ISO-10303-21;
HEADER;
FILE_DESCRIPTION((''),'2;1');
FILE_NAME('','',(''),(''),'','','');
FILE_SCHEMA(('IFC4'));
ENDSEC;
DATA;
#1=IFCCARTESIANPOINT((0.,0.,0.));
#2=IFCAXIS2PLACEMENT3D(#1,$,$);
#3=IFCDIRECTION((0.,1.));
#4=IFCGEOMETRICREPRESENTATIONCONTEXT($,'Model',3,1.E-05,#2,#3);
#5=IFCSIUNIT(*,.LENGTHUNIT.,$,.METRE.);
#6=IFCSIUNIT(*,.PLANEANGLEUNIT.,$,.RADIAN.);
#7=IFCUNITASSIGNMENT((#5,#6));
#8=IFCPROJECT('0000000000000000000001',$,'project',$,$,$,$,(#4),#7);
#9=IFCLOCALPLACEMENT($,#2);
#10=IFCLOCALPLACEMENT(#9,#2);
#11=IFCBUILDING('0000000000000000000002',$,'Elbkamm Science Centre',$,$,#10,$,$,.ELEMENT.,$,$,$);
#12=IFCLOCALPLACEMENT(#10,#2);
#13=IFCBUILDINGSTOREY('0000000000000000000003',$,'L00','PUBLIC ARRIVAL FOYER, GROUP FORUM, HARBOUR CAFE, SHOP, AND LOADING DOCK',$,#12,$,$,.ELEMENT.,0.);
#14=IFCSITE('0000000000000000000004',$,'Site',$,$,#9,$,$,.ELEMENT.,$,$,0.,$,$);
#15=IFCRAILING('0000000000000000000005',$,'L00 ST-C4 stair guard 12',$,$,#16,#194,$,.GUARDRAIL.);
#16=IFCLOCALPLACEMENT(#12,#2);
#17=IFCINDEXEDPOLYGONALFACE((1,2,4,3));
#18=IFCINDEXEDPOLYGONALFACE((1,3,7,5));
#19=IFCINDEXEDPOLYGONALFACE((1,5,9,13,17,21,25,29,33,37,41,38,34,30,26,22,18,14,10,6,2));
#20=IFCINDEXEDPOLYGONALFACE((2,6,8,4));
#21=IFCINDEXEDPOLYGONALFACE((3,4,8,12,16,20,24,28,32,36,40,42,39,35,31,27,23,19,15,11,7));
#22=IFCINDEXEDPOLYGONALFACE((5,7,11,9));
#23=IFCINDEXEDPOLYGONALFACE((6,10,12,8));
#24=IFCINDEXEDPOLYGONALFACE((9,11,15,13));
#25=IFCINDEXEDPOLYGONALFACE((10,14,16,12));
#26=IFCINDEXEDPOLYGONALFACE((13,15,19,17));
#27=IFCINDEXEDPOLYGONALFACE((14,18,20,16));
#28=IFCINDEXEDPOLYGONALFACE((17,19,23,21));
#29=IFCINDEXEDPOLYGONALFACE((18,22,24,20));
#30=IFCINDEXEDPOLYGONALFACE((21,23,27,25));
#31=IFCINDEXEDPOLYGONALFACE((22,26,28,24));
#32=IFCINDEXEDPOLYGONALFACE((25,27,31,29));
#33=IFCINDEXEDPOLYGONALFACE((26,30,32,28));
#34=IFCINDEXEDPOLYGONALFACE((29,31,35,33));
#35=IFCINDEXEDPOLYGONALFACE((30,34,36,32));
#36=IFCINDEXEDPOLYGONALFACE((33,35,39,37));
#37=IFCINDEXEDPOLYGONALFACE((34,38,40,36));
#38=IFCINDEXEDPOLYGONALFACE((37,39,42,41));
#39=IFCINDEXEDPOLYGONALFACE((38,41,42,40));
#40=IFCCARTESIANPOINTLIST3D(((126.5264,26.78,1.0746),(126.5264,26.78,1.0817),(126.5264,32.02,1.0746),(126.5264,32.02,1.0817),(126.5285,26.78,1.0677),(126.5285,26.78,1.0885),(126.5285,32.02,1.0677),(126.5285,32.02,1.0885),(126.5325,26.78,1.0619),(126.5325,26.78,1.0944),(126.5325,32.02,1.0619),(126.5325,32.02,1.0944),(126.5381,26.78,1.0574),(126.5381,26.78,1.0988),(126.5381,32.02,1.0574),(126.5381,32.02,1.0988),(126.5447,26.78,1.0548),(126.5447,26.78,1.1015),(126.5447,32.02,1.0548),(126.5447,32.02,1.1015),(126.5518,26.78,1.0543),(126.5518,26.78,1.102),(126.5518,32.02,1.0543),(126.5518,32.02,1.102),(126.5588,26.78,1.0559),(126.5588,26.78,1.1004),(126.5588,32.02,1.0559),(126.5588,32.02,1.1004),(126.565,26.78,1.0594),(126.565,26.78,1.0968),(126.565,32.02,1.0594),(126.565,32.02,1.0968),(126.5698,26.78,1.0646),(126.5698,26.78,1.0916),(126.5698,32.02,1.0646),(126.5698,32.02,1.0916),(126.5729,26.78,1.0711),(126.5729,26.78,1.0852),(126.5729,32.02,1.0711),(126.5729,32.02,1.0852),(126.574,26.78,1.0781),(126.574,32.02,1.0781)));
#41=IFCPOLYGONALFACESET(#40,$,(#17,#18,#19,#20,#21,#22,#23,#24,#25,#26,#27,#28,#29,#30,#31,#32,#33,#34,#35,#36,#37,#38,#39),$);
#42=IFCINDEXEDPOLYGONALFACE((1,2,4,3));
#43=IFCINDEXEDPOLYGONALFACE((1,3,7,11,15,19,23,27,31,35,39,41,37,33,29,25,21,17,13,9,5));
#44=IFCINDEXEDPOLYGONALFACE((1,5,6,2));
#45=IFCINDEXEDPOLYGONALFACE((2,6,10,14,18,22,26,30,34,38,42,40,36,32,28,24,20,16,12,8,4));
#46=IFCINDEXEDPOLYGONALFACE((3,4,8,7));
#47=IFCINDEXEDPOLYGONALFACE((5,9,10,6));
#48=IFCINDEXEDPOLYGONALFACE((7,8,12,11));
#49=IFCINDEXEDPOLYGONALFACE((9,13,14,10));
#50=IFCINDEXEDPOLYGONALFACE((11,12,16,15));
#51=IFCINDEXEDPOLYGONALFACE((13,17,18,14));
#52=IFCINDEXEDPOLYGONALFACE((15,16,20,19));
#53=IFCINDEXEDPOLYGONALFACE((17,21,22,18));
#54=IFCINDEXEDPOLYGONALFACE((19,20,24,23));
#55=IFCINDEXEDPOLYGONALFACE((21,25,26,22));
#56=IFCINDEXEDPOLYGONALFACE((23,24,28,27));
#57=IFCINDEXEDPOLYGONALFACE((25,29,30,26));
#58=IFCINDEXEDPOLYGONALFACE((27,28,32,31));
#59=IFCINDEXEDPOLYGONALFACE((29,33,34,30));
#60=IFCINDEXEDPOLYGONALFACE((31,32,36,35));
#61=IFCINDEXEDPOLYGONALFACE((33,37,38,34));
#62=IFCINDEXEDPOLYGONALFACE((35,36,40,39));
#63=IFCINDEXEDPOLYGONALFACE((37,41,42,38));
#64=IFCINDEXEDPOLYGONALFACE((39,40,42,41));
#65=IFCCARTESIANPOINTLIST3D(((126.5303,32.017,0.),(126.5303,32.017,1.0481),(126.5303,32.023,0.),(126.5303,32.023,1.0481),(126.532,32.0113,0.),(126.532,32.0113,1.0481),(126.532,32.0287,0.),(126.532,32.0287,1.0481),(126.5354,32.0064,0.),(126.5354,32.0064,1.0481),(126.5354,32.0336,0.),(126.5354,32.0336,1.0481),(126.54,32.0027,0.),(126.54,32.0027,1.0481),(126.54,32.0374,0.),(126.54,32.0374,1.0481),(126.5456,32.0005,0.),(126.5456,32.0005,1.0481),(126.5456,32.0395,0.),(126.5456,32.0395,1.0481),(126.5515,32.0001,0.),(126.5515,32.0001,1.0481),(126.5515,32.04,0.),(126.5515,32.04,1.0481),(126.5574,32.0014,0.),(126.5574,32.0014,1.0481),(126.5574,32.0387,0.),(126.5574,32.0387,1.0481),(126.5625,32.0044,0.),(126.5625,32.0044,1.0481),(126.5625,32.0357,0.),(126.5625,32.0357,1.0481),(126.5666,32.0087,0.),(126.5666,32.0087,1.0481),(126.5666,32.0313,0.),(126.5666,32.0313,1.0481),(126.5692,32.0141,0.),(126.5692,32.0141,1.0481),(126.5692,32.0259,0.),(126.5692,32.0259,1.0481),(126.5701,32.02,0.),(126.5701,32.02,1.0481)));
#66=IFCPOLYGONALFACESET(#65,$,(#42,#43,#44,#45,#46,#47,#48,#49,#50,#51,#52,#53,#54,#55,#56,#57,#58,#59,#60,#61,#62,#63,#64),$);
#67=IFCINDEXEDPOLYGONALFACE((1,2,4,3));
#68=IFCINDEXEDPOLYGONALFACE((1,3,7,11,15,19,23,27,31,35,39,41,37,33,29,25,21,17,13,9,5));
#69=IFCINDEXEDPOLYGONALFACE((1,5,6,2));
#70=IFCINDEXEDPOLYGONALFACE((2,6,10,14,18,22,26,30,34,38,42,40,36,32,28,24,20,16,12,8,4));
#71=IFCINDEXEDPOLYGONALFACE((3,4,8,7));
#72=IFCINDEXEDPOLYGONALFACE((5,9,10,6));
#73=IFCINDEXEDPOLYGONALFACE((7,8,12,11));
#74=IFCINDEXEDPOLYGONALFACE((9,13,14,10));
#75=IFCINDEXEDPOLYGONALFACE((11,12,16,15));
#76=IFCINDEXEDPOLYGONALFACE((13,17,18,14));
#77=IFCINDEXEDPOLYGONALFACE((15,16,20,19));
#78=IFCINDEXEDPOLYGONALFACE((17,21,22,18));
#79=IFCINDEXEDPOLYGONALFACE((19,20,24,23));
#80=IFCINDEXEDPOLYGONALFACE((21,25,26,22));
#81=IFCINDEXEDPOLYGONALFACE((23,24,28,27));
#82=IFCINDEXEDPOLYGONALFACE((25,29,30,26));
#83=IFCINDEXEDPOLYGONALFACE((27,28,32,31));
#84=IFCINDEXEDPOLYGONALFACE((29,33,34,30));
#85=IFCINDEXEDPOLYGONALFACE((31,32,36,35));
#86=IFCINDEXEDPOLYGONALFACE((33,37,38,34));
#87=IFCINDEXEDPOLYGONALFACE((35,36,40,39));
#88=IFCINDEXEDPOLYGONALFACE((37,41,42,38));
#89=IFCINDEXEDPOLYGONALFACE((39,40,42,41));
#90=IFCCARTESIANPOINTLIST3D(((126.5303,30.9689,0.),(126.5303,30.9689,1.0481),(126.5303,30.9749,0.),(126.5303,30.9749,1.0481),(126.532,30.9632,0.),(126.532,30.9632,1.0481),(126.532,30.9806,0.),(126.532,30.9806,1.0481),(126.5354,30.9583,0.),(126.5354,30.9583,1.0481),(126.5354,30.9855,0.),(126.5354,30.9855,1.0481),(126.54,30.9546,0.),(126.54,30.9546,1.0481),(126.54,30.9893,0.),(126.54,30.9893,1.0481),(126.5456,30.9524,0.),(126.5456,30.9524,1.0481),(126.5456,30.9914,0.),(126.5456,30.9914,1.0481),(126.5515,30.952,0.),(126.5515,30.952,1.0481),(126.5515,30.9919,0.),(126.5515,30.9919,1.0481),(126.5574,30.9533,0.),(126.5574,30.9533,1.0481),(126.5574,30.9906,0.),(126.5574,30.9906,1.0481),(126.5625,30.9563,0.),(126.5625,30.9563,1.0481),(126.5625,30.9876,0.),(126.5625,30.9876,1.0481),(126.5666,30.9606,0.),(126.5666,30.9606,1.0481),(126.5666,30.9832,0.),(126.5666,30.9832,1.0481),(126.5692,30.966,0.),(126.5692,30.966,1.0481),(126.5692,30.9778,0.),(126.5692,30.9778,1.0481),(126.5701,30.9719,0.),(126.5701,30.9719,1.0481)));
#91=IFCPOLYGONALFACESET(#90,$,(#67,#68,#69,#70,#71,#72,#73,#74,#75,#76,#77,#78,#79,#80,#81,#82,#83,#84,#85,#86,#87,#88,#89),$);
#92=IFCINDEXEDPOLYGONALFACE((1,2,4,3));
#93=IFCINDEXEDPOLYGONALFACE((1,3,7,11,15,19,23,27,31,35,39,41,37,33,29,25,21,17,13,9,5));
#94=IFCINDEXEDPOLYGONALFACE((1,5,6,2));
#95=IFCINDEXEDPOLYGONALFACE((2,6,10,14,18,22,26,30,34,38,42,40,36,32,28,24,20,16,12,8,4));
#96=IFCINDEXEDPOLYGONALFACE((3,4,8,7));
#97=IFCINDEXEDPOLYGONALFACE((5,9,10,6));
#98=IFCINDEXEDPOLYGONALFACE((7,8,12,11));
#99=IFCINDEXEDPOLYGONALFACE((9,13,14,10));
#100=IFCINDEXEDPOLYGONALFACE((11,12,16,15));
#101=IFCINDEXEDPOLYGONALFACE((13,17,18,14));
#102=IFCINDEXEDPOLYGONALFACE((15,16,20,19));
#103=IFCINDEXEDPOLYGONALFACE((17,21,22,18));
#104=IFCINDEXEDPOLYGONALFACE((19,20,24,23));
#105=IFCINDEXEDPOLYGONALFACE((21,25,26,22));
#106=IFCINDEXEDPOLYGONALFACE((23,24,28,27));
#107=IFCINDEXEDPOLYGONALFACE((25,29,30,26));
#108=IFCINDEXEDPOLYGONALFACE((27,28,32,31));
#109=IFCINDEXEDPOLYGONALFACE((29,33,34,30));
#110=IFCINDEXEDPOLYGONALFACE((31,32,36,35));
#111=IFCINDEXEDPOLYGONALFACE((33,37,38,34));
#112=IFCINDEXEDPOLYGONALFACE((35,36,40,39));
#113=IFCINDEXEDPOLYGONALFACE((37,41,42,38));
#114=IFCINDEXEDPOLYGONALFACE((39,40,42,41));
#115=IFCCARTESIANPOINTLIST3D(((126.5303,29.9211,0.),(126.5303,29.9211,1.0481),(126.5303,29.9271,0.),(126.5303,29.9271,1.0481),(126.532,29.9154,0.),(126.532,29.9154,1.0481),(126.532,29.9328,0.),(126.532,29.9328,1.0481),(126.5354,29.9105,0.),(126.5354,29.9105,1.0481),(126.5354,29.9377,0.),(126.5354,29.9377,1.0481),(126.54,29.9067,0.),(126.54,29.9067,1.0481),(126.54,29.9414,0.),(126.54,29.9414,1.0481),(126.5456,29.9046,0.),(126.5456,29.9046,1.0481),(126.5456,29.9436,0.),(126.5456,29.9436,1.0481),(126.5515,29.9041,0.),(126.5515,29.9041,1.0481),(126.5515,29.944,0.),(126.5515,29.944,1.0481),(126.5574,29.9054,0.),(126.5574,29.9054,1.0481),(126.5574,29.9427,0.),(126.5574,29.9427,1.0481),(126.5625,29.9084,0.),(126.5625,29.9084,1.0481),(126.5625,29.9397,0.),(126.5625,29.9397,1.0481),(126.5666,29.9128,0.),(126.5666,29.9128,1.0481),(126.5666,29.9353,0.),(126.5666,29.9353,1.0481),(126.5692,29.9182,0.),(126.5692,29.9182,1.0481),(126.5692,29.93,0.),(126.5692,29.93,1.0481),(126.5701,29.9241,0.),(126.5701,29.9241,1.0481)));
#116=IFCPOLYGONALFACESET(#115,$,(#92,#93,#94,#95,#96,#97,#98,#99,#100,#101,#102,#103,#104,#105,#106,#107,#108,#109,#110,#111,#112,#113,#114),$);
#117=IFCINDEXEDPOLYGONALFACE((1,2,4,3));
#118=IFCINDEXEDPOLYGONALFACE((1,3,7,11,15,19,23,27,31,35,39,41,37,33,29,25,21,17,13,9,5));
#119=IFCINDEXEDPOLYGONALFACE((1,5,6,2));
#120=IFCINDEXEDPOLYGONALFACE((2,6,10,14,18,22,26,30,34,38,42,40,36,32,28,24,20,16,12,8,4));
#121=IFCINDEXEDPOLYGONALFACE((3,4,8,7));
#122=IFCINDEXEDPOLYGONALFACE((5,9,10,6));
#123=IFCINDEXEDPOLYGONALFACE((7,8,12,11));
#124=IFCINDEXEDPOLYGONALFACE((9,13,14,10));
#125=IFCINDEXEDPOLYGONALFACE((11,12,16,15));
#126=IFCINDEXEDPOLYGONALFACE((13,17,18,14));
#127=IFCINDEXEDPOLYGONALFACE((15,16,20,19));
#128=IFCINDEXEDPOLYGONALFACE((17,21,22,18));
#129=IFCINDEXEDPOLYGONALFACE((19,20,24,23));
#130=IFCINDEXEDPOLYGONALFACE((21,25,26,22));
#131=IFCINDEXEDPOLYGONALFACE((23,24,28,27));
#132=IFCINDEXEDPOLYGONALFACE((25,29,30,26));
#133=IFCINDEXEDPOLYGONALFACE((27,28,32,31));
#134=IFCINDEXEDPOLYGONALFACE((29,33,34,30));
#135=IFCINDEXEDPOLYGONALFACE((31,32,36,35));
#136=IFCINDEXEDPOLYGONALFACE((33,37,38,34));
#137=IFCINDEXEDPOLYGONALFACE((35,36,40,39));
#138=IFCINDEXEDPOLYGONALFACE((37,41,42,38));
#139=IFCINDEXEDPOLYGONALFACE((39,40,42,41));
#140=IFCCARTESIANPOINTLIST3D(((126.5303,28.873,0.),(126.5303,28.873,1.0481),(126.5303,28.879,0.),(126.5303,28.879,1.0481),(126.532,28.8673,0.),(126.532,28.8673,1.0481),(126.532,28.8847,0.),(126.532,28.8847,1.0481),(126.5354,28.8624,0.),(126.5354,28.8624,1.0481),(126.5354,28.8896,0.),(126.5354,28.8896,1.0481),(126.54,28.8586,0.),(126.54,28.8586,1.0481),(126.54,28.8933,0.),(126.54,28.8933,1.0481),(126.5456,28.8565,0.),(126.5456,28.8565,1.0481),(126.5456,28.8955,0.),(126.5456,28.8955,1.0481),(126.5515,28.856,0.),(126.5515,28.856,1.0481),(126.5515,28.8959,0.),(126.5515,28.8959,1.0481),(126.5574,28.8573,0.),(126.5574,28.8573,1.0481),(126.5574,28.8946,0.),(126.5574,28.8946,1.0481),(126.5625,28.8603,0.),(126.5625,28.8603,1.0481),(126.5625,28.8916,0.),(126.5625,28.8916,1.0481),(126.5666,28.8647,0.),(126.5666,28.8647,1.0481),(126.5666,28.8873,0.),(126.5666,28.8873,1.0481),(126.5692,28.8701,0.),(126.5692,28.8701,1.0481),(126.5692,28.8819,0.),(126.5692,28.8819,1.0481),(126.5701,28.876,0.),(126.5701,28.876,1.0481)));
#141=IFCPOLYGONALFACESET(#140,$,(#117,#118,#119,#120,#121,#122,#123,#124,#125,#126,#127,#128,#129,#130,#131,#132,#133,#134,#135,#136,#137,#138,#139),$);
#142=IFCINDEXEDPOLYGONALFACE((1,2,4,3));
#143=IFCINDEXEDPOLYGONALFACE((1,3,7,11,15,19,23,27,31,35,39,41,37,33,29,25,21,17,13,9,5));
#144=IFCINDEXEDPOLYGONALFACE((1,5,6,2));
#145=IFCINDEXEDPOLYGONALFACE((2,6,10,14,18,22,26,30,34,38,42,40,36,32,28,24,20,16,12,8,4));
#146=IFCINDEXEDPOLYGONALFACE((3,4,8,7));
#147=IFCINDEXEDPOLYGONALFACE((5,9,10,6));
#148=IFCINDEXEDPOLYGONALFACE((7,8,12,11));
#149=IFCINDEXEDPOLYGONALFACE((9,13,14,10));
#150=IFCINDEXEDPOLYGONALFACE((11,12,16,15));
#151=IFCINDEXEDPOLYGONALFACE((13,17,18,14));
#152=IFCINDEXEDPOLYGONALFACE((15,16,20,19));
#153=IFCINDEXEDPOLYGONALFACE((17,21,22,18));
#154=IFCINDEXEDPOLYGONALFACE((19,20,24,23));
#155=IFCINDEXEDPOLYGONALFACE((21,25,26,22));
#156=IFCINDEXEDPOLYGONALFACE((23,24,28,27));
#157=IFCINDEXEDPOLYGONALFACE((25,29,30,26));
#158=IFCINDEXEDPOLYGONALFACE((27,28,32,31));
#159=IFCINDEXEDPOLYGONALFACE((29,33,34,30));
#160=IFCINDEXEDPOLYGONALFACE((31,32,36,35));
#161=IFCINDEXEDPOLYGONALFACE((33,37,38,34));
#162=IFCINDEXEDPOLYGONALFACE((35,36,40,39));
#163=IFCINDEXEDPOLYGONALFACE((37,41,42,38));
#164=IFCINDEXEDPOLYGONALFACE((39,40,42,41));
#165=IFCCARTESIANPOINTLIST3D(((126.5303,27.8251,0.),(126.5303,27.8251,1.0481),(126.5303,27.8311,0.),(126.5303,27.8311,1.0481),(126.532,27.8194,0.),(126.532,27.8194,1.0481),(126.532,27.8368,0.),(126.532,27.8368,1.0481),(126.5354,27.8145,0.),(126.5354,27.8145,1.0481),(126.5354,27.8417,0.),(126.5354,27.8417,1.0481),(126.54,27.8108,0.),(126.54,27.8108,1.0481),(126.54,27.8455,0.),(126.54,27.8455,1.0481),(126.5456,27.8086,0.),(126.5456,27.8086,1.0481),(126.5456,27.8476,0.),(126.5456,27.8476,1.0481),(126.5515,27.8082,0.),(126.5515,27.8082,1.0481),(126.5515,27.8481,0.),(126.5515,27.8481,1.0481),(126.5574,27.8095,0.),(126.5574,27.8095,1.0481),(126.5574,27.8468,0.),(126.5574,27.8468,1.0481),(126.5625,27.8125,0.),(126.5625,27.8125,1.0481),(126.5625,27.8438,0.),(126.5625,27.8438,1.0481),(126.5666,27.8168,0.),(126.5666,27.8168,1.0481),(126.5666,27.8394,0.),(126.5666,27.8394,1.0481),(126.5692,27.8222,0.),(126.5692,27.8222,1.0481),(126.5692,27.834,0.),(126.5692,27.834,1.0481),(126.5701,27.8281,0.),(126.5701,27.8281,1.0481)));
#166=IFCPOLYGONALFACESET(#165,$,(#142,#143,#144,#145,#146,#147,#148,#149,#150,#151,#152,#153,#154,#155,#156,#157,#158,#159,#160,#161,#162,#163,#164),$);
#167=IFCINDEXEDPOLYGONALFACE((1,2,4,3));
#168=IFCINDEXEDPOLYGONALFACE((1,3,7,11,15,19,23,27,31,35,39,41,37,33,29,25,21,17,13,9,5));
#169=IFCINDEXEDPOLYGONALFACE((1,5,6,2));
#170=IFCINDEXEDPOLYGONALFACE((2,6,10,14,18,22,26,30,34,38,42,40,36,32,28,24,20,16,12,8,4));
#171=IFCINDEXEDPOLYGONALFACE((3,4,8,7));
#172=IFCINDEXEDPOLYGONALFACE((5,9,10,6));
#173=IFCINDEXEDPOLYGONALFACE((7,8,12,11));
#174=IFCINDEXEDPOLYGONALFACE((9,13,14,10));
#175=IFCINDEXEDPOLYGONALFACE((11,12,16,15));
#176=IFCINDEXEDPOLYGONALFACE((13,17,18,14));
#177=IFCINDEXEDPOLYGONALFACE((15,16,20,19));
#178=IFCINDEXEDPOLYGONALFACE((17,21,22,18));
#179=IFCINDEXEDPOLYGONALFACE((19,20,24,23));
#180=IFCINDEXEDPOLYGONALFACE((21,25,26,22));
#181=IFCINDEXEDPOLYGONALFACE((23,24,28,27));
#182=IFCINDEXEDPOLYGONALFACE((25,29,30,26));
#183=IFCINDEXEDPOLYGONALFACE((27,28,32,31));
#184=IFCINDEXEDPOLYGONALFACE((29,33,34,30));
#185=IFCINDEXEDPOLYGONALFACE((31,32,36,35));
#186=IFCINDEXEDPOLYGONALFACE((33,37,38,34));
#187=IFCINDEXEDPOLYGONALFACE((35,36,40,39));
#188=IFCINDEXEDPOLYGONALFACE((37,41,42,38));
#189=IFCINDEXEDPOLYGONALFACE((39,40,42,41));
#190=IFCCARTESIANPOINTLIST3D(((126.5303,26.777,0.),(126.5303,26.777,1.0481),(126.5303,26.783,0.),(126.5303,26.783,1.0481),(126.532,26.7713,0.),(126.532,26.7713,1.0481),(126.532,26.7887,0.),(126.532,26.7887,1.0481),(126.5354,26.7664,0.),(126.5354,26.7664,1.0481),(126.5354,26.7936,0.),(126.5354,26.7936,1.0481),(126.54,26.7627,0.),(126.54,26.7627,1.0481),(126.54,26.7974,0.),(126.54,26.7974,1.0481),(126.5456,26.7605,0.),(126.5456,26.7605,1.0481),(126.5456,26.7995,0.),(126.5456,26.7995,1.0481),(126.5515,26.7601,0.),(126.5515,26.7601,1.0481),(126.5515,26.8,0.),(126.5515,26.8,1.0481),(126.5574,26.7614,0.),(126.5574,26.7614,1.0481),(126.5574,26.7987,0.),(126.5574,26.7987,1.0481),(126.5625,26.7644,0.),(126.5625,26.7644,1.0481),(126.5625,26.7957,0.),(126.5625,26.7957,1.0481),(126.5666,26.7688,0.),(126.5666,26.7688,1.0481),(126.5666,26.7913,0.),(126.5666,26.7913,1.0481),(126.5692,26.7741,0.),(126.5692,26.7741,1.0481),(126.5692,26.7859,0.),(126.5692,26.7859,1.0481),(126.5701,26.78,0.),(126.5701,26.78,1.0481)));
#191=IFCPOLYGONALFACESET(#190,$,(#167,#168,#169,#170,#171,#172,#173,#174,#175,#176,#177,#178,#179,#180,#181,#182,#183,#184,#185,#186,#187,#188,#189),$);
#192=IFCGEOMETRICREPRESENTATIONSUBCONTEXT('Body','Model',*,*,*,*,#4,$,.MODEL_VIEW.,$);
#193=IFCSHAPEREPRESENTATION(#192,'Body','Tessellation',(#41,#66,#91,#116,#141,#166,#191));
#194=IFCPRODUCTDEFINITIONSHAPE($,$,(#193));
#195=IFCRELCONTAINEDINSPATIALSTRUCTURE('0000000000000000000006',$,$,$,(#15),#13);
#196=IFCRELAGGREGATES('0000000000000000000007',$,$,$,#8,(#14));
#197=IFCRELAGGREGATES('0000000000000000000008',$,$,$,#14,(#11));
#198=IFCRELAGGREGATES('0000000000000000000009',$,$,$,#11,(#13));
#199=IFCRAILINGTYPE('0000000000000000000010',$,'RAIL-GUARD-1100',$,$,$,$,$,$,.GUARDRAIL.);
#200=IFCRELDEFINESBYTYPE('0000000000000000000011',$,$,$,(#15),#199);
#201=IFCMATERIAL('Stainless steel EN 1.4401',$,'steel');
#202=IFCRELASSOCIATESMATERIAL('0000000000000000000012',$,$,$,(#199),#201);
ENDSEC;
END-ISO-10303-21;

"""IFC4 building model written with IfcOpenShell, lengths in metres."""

from ifc_helpers import new_model, si_unit, direction, frame, origin, origin_2d, place, context, subcontext, project, spatial, circle, extrude, material, type_object, element, save


model = new_model("IFC4")

# Units and contexts
model_context = context("Model", 3, precision=1e-05, world=origin(), true_north=direction((0.0, 1.0)))
body_context = subcontext(model_context, "Body", "Model", "MODEL_VIEW")
ifc_project = project(units=[si_unit("LENGTHUNIT", "METRE"), si_unit("PLANEANGLEUNIT", "RADIAN")], contexts=[model_context])

# Site, building, storey
site_placement = place(None, origin())
site = spatial("IfcSite", under=ifc_project, at=site_placement, Name="Site", CompositionType="ELEMENT", RefElevation=0.0)
building_placement = place(site_placement, origin())
building = spatial("IfcBuilding", under=site, at=building_placement, Name="Elbkamm Science Centre", CompositionType="ELEMENT")
storey_placement = place(building_placement, origin())
storey = spatial("IfcBuildingStorey", under=building, at=storey_placement, Name="L00", Description="PUBLIC ARRIVAL FOYER, GROUP FORUM, HARBOUR CAFE, SHOP, AND LOADING DOCK", CompositionType="ELEMENT", Elevation=0.0)

# Railing
ifc_material_1 = material(Name="Stainless steel EN 1.4401", Category="steel")
railing_type_1 = type_object("IfcRailingType", Name="RAIL-GUARD-1100", PredefinedType="GUARDRAIL", material=ifc_material_1)
railing_1_placement = place(storey_placement, frame((126.55, 32.02, 0.0)))
element("IfcRailing", 1, at=railing_1_placement, inside=storey, type_object=railing_type_1, Name="L00 ST-C4 stair guard 12", PredefinedType="GUARDRAIL", context=body_context, shape_type="SweptSolid", body=[
    extrude(circle(Radius=0.0239, at=origin_2d()), frame((0.0, 0.0, 1.0781), z_axis=(0.0, -1.0, 0.0), x_axis=(1.0, 0.0, 0.0)), (0.0, 0.0, 1.0), 5.24),
    extrude(circle(Radius=0.02, at=origin_2d()), origin(), (0.0, 0.0, 1.0), 1.0481),
    extrude(circle(Radius=0.02, at=origin_2d()), frame((0.0, -1.0481, 0.0)), (0.0, 0.0, 1.0), 1.0481),
    extrude(circle(Radius=0.02, at=origin_2d()), frame((0.0, -2.0959, 0.0)), (0.0, 0.0, 1.0), 1.0481),
    extrude(circle(Radius=0.02, at=origin_2d()), frame((0.0, -3.144, 0.0)), (0.0, 0.0, 1.0), 1.0481),
    extrude(circle(Radius=0.02, at=origin_2d()), frame((0.0, -4.1919, 0.0)), (0.0, 0.0, 1.0), 1.0481),
    extrude(circle(Radius=0.02, at=origin_2d()), frame((0.0, -5.24, 0.0)), (0.0, 0.0, 1.0), 1.0481),
])

save(model, "model.ifc")
